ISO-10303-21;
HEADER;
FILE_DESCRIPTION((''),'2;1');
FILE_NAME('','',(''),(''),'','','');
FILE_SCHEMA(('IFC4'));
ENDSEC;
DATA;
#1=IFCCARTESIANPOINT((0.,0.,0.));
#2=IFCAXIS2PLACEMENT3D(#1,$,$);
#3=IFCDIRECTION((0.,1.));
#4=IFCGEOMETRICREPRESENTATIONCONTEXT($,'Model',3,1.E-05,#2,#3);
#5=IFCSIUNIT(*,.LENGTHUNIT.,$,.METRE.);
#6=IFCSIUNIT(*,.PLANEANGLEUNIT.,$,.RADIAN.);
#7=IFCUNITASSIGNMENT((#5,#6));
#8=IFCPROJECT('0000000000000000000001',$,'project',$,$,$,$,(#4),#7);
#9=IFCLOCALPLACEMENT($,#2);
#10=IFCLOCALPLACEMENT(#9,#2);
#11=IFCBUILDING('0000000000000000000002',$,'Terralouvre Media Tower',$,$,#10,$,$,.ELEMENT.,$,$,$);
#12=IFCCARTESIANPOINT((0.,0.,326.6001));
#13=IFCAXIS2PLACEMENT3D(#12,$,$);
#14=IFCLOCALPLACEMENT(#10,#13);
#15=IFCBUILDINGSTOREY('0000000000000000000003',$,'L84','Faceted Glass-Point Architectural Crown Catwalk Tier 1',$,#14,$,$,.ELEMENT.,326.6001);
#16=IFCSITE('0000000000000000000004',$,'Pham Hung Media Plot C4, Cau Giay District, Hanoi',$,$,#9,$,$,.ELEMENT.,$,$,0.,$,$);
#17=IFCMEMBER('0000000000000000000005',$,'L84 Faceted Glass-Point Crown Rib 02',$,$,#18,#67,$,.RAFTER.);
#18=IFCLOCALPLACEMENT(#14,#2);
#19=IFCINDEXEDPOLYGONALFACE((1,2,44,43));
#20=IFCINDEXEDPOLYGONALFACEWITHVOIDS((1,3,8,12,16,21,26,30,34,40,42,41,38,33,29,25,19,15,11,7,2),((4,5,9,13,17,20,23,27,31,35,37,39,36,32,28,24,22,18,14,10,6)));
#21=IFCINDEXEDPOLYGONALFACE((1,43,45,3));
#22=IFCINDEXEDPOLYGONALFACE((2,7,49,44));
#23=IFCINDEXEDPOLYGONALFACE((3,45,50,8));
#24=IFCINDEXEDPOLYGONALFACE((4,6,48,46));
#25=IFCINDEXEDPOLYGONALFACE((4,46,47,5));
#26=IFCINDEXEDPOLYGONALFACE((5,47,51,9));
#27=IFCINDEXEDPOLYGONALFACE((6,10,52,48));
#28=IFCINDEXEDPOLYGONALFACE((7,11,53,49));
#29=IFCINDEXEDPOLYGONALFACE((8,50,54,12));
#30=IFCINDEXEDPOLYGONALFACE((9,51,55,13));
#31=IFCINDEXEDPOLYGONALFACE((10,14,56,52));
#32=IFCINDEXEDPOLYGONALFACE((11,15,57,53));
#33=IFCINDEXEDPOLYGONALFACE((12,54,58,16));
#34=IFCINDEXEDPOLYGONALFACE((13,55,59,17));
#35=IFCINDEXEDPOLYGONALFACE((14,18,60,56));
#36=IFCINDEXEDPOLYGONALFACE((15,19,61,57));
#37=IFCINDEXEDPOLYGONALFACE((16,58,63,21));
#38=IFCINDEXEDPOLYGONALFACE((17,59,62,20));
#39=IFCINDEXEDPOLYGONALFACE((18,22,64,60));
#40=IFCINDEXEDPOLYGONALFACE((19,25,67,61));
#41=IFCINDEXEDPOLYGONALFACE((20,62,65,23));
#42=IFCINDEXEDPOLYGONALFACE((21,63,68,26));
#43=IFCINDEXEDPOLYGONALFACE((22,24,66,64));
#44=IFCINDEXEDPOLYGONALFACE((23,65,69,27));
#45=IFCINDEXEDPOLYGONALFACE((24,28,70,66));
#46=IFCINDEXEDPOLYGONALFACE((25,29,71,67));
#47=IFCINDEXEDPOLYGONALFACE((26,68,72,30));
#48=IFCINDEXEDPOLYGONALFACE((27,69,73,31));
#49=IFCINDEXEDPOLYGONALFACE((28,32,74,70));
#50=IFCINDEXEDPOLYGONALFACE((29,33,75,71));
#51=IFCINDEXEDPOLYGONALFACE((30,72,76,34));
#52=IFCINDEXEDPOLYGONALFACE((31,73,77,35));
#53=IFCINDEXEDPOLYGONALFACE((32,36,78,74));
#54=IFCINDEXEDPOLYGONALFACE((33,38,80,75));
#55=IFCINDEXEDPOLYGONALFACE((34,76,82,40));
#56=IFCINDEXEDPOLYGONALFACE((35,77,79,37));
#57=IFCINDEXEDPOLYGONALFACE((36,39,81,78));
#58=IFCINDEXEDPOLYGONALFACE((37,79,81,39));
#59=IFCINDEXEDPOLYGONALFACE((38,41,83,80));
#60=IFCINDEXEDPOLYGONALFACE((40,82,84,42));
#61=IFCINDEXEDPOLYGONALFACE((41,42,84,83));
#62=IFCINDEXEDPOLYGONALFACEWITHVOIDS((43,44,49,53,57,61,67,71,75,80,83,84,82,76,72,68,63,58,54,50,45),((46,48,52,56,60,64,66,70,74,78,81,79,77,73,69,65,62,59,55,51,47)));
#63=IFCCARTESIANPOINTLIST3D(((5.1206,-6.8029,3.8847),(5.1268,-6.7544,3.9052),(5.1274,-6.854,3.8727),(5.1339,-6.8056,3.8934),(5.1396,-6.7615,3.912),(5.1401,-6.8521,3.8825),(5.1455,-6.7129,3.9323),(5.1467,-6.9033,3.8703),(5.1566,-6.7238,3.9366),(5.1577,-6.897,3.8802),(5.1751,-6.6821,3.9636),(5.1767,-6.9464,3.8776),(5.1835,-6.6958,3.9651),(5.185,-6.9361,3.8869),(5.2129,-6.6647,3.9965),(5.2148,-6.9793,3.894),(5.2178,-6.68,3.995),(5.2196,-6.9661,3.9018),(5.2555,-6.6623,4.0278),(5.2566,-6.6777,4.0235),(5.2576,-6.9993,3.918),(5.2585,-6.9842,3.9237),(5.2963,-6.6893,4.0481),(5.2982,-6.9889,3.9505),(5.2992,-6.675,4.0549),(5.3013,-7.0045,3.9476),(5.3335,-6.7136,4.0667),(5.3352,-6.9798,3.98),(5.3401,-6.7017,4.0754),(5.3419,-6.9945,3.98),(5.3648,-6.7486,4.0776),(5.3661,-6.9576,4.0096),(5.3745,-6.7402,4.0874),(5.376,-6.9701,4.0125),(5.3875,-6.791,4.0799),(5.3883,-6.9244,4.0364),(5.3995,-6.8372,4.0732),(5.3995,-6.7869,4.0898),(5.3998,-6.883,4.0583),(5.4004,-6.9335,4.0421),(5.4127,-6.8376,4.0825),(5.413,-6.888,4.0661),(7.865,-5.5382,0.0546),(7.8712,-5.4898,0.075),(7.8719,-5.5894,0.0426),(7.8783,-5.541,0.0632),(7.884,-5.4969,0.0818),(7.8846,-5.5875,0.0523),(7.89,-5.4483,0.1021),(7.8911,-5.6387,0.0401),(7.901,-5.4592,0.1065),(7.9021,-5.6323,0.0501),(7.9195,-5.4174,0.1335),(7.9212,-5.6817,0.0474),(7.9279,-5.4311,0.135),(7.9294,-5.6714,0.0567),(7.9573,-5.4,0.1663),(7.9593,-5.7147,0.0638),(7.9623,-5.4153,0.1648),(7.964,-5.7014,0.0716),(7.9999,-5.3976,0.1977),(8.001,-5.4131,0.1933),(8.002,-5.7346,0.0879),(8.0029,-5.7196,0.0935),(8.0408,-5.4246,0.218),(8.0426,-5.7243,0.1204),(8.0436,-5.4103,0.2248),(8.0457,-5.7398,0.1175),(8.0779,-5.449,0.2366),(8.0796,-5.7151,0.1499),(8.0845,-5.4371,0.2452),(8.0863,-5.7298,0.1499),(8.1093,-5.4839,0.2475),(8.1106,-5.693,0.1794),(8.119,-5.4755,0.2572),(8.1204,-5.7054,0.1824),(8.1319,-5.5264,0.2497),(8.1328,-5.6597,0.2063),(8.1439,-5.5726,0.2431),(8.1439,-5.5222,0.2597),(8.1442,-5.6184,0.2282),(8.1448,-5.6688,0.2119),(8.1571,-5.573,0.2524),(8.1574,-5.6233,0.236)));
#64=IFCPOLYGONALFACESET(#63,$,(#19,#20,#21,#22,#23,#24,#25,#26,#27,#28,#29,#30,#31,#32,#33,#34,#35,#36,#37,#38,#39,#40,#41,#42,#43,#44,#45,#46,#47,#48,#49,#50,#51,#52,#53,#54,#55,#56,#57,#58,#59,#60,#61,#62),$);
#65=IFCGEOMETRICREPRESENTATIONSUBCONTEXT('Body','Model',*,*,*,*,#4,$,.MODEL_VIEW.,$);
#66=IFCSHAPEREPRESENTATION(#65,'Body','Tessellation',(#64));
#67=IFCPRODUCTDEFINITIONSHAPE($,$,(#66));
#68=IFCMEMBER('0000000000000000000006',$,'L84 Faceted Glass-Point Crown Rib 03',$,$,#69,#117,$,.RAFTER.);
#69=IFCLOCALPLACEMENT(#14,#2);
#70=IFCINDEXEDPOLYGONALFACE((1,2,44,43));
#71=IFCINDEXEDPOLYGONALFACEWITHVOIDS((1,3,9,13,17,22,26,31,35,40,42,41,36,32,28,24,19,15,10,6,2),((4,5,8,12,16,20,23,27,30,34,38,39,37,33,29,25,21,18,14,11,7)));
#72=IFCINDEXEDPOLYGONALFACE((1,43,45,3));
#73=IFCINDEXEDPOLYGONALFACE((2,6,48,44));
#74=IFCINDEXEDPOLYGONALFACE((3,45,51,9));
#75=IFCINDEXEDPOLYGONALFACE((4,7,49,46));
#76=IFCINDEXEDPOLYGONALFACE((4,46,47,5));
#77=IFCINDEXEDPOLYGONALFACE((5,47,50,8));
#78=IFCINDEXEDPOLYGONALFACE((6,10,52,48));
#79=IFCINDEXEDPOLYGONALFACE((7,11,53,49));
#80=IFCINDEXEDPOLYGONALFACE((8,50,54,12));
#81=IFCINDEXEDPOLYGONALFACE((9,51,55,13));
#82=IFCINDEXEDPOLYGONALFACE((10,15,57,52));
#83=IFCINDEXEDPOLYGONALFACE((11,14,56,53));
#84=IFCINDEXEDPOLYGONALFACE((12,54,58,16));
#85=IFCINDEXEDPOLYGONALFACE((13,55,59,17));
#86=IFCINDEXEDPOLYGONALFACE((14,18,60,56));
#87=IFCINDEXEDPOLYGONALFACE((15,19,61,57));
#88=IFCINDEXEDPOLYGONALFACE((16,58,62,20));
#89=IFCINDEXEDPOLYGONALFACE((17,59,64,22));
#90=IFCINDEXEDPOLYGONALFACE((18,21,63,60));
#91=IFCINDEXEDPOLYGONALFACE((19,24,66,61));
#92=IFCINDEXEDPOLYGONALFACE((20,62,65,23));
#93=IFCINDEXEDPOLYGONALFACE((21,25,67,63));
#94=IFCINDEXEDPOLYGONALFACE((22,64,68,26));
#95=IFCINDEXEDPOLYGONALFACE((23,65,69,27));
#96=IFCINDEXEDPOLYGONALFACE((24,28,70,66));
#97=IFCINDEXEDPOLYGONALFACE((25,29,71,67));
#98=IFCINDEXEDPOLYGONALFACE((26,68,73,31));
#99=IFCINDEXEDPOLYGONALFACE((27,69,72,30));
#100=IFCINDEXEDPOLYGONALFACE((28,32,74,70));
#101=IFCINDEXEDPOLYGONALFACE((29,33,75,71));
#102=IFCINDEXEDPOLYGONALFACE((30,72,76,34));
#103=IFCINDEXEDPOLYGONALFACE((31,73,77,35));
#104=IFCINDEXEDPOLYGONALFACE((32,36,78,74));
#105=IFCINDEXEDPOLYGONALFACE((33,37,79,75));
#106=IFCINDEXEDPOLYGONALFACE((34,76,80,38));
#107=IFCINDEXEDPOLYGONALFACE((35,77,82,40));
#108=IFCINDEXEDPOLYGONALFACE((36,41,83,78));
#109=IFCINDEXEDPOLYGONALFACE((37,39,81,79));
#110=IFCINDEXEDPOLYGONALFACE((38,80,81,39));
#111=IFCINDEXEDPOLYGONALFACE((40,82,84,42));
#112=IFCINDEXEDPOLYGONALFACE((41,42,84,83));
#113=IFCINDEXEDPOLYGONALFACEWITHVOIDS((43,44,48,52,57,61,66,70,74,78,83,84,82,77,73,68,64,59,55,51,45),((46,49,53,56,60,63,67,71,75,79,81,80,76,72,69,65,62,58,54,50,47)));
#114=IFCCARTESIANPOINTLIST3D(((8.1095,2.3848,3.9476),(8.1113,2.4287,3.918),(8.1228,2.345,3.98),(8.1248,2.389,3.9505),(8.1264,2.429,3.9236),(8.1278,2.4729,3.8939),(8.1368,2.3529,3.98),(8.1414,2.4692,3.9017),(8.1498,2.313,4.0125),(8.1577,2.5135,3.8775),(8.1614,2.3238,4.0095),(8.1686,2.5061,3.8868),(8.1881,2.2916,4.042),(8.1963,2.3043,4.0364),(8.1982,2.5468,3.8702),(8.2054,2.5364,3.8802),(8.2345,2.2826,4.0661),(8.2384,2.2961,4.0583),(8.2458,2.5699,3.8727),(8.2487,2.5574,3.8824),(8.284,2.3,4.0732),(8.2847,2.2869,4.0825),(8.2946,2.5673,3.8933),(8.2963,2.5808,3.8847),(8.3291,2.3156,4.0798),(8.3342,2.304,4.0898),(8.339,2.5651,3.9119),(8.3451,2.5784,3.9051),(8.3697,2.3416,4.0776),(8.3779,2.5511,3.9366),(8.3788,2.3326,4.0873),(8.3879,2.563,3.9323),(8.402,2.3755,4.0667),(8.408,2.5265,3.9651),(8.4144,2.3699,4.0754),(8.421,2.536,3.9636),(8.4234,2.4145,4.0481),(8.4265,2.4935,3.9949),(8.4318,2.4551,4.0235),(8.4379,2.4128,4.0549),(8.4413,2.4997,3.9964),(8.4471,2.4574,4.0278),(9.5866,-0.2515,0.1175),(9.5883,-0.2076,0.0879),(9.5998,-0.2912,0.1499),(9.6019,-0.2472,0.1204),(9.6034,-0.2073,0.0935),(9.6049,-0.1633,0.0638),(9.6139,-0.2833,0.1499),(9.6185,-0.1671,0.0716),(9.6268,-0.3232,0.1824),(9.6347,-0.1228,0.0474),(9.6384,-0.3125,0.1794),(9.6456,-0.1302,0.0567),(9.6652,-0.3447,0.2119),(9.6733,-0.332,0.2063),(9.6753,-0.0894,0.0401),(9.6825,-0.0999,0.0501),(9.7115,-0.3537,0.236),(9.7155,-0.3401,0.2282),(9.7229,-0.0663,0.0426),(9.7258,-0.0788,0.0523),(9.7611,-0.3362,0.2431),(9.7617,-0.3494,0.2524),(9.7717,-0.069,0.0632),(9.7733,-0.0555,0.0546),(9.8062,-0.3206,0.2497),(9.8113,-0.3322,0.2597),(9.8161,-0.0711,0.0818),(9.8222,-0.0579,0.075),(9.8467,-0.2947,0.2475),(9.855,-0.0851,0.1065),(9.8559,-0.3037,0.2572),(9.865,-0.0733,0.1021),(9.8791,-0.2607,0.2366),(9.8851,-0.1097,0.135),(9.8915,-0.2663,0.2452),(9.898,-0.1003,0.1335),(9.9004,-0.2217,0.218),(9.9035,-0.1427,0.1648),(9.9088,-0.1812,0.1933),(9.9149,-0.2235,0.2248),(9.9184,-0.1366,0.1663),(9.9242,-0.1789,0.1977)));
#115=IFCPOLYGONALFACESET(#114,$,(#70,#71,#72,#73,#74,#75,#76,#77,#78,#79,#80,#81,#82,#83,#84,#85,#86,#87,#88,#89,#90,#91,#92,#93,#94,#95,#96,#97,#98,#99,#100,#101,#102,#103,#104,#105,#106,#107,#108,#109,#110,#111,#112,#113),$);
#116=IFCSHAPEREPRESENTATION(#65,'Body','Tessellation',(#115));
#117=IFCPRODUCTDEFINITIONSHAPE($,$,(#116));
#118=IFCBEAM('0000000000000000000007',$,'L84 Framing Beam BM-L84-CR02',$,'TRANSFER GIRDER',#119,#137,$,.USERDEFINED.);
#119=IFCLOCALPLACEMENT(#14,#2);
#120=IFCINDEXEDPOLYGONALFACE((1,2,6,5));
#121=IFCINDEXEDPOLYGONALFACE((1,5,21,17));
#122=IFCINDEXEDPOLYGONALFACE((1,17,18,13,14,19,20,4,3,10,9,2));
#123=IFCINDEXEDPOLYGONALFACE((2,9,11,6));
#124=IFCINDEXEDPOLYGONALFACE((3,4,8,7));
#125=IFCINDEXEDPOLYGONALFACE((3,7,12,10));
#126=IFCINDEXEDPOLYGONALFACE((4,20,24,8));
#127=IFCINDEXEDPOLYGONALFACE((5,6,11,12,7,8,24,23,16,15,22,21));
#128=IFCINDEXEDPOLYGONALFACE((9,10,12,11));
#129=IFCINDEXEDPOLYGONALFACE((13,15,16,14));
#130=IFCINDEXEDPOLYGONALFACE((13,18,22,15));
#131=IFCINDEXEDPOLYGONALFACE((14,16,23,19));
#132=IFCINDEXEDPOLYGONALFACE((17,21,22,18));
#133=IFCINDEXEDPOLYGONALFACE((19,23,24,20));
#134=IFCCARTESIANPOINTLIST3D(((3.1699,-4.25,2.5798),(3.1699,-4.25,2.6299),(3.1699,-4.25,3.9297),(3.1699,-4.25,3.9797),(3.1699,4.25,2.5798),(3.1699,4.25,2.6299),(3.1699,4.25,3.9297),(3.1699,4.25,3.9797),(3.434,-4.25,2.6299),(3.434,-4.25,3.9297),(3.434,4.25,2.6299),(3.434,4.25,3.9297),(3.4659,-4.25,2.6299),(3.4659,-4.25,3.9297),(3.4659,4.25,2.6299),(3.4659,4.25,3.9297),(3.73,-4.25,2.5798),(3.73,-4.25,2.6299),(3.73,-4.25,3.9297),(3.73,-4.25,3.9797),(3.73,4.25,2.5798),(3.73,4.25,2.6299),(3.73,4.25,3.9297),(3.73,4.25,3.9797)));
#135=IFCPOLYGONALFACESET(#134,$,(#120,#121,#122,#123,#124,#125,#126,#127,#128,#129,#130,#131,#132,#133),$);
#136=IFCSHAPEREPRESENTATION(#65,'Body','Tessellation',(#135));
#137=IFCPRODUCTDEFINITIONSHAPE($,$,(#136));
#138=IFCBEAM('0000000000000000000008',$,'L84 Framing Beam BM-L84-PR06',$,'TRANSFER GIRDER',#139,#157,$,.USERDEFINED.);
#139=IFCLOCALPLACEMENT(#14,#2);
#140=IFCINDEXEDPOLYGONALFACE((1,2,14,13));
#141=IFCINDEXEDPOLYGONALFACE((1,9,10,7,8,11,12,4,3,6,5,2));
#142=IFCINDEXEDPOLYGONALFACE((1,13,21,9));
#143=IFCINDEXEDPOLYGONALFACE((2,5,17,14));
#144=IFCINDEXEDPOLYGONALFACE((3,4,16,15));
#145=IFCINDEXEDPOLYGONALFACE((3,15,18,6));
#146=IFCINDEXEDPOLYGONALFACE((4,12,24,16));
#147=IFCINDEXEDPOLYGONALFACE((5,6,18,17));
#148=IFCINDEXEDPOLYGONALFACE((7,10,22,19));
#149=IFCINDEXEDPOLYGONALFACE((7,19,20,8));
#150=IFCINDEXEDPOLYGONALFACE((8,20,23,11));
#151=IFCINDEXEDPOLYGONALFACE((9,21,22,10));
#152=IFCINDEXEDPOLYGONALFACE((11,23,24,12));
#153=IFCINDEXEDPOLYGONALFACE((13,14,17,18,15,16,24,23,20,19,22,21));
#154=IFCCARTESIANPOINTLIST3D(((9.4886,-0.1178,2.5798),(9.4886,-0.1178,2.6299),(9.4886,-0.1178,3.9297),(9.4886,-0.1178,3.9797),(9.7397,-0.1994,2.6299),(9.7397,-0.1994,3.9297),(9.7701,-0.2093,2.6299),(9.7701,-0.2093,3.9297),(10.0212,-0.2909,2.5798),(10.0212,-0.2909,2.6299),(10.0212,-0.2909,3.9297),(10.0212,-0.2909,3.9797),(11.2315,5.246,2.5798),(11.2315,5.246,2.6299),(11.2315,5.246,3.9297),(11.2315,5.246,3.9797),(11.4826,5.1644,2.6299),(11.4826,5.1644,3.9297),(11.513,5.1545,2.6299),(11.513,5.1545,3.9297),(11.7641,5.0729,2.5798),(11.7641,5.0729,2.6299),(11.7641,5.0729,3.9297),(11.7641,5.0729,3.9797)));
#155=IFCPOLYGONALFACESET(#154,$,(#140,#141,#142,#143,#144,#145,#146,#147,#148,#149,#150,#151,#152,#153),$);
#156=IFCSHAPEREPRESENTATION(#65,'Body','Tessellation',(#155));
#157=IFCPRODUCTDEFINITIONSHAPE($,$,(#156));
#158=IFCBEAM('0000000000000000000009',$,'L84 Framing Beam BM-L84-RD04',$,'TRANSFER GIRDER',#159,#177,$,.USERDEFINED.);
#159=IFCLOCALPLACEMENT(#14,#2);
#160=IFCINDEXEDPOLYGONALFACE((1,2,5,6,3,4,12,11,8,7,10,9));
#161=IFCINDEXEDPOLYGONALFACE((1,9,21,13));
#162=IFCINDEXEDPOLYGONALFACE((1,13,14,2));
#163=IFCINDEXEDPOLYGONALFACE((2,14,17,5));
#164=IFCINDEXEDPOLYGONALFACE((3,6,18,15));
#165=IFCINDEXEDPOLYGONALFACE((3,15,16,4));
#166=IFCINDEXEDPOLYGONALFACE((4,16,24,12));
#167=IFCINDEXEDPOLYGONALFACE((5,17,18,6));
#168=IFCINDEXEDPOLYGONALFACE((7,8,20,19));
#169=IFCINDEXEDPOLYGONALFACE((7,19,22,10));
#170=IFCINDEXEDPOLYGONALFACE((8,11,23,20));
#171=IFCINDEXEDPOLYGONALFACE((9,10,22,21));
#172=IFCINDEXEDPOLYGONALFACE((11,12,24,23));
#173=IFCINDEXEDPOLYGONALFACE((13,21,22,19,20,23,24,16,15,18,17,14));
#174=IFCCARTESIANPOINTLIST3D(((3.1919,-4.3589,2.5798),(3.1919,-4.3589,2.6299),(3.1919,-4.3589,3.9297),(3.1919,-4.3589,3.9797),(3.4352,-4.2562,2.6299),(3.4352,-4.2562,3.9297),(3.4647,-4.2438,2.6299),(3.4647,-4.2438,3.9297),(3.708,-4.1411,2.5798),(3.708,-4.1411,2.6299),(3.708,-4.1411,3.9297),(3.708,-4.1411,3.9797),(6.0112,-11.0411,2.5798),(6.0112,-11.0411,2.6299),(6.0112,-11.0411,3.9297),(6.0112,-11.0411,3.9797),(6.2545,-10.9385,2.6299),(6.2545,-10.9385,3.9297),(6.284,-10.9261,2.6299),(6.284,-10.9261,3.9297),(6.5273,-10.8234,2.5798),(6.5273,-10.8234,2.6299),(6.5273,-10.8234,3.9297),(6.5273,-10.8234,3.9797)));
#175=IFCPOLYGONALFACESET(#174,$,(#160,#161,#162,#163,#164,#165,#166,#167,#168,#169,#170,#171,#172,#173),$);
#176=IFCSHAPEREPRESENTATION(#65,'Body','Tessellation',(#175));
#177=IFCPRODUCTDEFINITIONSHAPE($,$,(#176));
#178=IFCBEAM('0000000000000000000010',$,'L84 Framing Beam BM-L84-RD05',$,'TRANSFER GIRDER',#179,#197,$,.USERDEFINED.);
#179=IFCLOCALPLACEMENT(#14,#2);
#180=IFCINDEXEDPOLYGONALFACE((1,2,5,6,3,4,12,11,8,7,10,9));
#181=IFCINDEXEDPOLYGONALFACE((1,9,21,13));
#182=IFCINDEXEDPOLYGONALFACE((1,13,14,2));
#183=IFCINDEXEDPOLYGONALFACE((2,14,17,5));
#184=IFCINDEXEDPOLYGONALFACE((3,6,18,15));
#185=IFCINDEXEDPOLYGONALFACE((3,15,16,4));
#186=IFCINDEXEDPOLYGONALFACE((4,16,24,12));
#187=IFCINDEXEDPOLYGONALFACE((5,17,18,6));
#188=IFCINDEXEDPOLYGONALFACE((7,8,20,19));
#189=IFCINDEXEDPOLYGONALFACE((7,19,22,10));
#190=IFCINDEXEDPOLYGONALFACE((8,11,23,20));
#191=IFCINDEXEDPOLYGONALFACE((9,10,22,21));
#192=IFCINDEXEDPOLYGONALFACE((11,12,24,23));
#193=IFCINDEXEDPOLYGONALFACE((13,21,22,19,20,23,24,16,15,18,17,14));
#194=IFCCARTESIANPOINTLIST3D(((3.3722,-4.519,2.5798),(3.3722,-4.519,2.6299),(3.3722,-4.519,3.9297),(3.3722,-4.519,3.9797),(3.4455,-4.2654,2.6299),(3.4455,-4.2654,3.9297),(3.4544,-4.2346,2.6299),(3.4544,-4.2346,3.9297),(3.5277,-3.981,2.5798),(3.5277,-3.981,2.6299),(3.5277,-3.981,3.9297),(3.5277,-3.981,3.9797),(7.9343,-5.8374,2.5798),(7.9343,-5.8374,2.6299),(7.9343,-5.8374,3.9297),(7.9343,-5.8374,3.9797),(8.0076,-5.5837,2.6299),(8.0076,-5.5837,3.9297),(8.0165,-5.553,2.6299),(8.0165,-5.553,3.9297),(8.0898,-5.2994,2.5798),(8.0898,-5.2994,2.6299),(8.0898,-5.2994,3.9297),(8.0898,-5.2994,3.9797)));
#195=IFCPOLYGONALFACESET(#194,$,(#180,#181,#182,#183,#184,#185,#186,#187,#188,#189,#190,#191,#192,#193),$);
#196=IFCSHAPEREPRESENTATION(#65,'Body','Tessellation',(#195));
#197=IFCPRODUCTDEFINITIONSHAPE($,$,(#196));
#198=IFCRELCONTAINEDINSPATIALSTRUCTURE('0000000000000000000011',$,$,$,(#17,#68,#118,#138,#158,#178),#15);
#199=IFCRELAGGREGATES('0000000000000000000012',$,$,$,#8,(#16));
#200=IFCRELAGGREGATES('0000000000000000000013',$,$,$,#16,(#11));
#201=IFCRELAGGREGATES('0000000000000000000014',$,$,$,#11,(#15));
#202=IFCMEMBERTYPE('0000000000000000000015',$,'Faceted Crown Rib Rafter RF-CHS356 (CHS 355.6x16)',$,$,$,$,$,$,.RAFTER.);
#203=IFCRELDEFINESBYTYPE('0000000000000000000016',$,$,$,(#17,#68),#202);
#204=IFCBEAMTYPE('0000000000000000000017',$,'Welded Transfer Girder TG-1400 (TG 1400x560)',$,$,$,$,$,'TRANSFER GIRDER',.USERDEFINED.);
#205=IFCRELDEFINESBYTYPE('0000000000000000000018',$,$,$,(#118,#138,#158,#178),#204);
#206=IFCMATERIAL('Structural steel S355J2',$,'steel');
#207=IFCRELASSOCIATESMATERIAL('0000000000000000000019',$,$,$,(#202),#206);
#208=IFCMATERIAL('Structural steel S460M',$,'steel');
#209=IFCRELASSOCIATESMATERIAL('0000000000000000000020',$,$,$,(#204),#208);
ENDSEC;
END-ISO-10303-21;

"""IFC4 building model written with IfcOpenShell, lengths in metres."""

from ifc_helpers import new_model, si_unit, direction, frame, origin, origin_2d, place, context, subcontext, project, spatial, hollow_circle, i_section, extrude, material, material_profile, profile_set, type_object, element, save


model = new_model("IFC4")

# Units and contexts
model_context = context("Model", 3, precision=1e-05, world=origin(), true_north=direction((0.0, 1.0)))
body_context = subcontext(model_context, "Body", "Model", "MODEL_VIEW")
ifc_project = project(units=[si_unit("LENGTHUNIT", "METRE"), si_unit("PLANEANGLEUNIT", "RADIAN")], contexts=[model_context])

# Site, building, storey
site_placement = place(None, origin())
site = spatial("IfcSite", under=ifc_project, at=site_placement, Name="Pham Hung Media Plot C4, Cau Giay District, Hanoi", CompositionType="ELEMENT", RefElevation=0.0)
building_placement = place(site_placement, origin())
building = spatial("IfcBuilding", under=site, at=building_placement, Name="Terralouvre Media Tower", CompositionType="ELEMENT")
storey_placement = place(building_placement, frame((0.0, 0.0, 326.6001)))
storey = spatial("IfcBuildingStorey", under=building, at=storey_placement, Name="L84", Description="Faceted Glass-Point Architectural Crown Catwalk Tier 1", CompositionType="ELEMENT", Elevation=326.6001)

# Members
ifc_material_1 = material(Name="Structural steel S355J2", Category="steel")
ifc_material_profile_1 = material_profile(ifc_material_1, hollow_circle(Radius=0.1777, WallThickness=0.0161, at=origin_2d()), Name="CHS 355.6x16")
ifc_profile_set_1 = profile_set([ifc_material_profile_1], Name="Structural steel S355J2")
member_type_1 = type_object("IfcMemberType", Name="Faceted Crown Rib Rafter RF-CHS356 (CHS 355.6x16)", PredefinedType="RAFTER", material=ifc_profile_set_1)
for number, where, z_axis, x_axis, name in (
    (1, (8.012, -5.5684, 0.1499), (-0.562538, -0.259225, 0.785082), (0.418515, -0.90821, 0.0), "L84 Faceted Glass-Point Crown Rib 02"),
    (2, (9.7549, -0.2043, 0.1499), (-0.30276, 0.540364, 0.785075), (-0.872399, -0.488795, 0.0), "L84 Faceted Glass-Point Crown Rib 03"),
):
    element("IfcMember", number, at=place(storey_placement, frame(where, z_axis=z_axis, x_axis=x_axis)), inside=storey, type_object=member_type_1, Name=name, PredefinedType="RAFTER", context=body_context, shape_type="SweptSolid", body=[
        extrude(hollow_circle(Radius=0.1777, WallThickness=0.0161, at=origin_2d()), origin(), (0.0, 0.0, 1.0), 4.8787),
    ])

# Beams
ifc_material_2 = material(Name="Structural steel S460M", Category="steel")
ifc_material_profile_2 = material_profile(ifc_material_2, i_section(OverallWidth=0.5601, OverallDepth=1.3999, WebThickness=0.032, FlangeThickness=0.05, at=origin_2d()), Name="TG 1400x560")
ifc_profile_set_2 = profile_set([ifc_material_profile_2], Name="Structural steel S460M")
beam_type = type_object("IfcBeamType", Name="Welded Transfer Girder TG-1400 (TG 1400x560)", ElementType="TRANSFER GIRDER", PredefinedType="USERDEFINED", material=ifc_profile_set_2)
beam_1_placement = place(storey_placement, frame((3.45, -4.25, 3.2798), z_axis=(0.0, 1.0, 0.0), x_axis=(-1.0, 0.0, 0.0)))
element("IfcBeam", 3, at=beam_1_placement, inside=storey, type_object=beam_type, Name="L84 Framing Beam BM-L84-CR02", ObjectType="TRANSFER GIRDER", PredefinedType="USERDEFINED", context=body_context, shape_type="SweptSolid", body=[
    extrude(i_section(OverallWidth=0.5601, OverallDepth=1.3999, WebThickness=0.032, FlangeThickness=0.05, at=origin_2d()), origin(), (0.0, 0.0, 1.0), 8.5),
])
beam_2_placement = place(storey_placement, frame((9.7549, -0.2043, 3.2798), z_axis=(0.309037, 0.95105, 0.0), x_axis=(-0.95105, 0.309037, 0.0)))
element("IfcBeam", 4, at=beam_2_placement, inside=storey, type_object=beam_type, Name="L84 Framing Beam BM-L84-PR06", ObjectType="TRANSFER GIRDER", PredefinedType="USERDEFINED", context=body_context, shape_type="SweptSolid", body=[
    extrude(i_section(OverallWidth=0.5601, OverallDepth=1.3999, WebThickness=0.032, FlangeThickness=0.05, at=origin_2d()), origin(), (0.0, 0.0, 1.0), 5.6399),
])
beam_3_placement = place(storey_placement, frame((3.45, -4.25, 3.2798), z_axis=(0.388725, -0.921354, 0.0), x_axis=(0.921354, 0.388725, 0.0)))
element("IfcBeam", 5, at=beam_3_placement, inside=storey, type_object=beam_type, Name="L84 Framing Beam BM-L84-RD04", ObjectType="TRANSFER GIRDER", PredefinedType="USERDEFINED", context=body_context, shape_type="SweptSolid", body=[
    extrude(i_section(OverallWidth=0.5601, OverallDepth=1.3999, WebThickness=0.032, FlangeThickness=0.05, at=origin_2d()), origin(), (0.0, 0.0, 1.0), 7.2527),
])
beam_4_placement = place(storey_placement, frame((3.45, -4.25, 3.2798), z_axis=(0.960689, -0.277626, 0.0), x_axis=(0.277626, 0.960689, 0.0)))
element("IfcBeam", 6, at=beam_4_placement, inside=storey, type_object=beam_type, Name="L84 Framing Beam BM-L84-RD05", ObjectType="TRANSFER GIRDER", PredefinedType="USERDEFINED", context=body_context, shape_type="SweptSolid", body=[
    extrude(i_section(OverallWidth=0.5601, OverallDepth=1.3999, WebThickness=0.032, FlangeThickness=0.05, at=origin_2d()), origin(), (0.0, 0.0, 1.0), 4.7488),
])

save(model, "model.ifc")
